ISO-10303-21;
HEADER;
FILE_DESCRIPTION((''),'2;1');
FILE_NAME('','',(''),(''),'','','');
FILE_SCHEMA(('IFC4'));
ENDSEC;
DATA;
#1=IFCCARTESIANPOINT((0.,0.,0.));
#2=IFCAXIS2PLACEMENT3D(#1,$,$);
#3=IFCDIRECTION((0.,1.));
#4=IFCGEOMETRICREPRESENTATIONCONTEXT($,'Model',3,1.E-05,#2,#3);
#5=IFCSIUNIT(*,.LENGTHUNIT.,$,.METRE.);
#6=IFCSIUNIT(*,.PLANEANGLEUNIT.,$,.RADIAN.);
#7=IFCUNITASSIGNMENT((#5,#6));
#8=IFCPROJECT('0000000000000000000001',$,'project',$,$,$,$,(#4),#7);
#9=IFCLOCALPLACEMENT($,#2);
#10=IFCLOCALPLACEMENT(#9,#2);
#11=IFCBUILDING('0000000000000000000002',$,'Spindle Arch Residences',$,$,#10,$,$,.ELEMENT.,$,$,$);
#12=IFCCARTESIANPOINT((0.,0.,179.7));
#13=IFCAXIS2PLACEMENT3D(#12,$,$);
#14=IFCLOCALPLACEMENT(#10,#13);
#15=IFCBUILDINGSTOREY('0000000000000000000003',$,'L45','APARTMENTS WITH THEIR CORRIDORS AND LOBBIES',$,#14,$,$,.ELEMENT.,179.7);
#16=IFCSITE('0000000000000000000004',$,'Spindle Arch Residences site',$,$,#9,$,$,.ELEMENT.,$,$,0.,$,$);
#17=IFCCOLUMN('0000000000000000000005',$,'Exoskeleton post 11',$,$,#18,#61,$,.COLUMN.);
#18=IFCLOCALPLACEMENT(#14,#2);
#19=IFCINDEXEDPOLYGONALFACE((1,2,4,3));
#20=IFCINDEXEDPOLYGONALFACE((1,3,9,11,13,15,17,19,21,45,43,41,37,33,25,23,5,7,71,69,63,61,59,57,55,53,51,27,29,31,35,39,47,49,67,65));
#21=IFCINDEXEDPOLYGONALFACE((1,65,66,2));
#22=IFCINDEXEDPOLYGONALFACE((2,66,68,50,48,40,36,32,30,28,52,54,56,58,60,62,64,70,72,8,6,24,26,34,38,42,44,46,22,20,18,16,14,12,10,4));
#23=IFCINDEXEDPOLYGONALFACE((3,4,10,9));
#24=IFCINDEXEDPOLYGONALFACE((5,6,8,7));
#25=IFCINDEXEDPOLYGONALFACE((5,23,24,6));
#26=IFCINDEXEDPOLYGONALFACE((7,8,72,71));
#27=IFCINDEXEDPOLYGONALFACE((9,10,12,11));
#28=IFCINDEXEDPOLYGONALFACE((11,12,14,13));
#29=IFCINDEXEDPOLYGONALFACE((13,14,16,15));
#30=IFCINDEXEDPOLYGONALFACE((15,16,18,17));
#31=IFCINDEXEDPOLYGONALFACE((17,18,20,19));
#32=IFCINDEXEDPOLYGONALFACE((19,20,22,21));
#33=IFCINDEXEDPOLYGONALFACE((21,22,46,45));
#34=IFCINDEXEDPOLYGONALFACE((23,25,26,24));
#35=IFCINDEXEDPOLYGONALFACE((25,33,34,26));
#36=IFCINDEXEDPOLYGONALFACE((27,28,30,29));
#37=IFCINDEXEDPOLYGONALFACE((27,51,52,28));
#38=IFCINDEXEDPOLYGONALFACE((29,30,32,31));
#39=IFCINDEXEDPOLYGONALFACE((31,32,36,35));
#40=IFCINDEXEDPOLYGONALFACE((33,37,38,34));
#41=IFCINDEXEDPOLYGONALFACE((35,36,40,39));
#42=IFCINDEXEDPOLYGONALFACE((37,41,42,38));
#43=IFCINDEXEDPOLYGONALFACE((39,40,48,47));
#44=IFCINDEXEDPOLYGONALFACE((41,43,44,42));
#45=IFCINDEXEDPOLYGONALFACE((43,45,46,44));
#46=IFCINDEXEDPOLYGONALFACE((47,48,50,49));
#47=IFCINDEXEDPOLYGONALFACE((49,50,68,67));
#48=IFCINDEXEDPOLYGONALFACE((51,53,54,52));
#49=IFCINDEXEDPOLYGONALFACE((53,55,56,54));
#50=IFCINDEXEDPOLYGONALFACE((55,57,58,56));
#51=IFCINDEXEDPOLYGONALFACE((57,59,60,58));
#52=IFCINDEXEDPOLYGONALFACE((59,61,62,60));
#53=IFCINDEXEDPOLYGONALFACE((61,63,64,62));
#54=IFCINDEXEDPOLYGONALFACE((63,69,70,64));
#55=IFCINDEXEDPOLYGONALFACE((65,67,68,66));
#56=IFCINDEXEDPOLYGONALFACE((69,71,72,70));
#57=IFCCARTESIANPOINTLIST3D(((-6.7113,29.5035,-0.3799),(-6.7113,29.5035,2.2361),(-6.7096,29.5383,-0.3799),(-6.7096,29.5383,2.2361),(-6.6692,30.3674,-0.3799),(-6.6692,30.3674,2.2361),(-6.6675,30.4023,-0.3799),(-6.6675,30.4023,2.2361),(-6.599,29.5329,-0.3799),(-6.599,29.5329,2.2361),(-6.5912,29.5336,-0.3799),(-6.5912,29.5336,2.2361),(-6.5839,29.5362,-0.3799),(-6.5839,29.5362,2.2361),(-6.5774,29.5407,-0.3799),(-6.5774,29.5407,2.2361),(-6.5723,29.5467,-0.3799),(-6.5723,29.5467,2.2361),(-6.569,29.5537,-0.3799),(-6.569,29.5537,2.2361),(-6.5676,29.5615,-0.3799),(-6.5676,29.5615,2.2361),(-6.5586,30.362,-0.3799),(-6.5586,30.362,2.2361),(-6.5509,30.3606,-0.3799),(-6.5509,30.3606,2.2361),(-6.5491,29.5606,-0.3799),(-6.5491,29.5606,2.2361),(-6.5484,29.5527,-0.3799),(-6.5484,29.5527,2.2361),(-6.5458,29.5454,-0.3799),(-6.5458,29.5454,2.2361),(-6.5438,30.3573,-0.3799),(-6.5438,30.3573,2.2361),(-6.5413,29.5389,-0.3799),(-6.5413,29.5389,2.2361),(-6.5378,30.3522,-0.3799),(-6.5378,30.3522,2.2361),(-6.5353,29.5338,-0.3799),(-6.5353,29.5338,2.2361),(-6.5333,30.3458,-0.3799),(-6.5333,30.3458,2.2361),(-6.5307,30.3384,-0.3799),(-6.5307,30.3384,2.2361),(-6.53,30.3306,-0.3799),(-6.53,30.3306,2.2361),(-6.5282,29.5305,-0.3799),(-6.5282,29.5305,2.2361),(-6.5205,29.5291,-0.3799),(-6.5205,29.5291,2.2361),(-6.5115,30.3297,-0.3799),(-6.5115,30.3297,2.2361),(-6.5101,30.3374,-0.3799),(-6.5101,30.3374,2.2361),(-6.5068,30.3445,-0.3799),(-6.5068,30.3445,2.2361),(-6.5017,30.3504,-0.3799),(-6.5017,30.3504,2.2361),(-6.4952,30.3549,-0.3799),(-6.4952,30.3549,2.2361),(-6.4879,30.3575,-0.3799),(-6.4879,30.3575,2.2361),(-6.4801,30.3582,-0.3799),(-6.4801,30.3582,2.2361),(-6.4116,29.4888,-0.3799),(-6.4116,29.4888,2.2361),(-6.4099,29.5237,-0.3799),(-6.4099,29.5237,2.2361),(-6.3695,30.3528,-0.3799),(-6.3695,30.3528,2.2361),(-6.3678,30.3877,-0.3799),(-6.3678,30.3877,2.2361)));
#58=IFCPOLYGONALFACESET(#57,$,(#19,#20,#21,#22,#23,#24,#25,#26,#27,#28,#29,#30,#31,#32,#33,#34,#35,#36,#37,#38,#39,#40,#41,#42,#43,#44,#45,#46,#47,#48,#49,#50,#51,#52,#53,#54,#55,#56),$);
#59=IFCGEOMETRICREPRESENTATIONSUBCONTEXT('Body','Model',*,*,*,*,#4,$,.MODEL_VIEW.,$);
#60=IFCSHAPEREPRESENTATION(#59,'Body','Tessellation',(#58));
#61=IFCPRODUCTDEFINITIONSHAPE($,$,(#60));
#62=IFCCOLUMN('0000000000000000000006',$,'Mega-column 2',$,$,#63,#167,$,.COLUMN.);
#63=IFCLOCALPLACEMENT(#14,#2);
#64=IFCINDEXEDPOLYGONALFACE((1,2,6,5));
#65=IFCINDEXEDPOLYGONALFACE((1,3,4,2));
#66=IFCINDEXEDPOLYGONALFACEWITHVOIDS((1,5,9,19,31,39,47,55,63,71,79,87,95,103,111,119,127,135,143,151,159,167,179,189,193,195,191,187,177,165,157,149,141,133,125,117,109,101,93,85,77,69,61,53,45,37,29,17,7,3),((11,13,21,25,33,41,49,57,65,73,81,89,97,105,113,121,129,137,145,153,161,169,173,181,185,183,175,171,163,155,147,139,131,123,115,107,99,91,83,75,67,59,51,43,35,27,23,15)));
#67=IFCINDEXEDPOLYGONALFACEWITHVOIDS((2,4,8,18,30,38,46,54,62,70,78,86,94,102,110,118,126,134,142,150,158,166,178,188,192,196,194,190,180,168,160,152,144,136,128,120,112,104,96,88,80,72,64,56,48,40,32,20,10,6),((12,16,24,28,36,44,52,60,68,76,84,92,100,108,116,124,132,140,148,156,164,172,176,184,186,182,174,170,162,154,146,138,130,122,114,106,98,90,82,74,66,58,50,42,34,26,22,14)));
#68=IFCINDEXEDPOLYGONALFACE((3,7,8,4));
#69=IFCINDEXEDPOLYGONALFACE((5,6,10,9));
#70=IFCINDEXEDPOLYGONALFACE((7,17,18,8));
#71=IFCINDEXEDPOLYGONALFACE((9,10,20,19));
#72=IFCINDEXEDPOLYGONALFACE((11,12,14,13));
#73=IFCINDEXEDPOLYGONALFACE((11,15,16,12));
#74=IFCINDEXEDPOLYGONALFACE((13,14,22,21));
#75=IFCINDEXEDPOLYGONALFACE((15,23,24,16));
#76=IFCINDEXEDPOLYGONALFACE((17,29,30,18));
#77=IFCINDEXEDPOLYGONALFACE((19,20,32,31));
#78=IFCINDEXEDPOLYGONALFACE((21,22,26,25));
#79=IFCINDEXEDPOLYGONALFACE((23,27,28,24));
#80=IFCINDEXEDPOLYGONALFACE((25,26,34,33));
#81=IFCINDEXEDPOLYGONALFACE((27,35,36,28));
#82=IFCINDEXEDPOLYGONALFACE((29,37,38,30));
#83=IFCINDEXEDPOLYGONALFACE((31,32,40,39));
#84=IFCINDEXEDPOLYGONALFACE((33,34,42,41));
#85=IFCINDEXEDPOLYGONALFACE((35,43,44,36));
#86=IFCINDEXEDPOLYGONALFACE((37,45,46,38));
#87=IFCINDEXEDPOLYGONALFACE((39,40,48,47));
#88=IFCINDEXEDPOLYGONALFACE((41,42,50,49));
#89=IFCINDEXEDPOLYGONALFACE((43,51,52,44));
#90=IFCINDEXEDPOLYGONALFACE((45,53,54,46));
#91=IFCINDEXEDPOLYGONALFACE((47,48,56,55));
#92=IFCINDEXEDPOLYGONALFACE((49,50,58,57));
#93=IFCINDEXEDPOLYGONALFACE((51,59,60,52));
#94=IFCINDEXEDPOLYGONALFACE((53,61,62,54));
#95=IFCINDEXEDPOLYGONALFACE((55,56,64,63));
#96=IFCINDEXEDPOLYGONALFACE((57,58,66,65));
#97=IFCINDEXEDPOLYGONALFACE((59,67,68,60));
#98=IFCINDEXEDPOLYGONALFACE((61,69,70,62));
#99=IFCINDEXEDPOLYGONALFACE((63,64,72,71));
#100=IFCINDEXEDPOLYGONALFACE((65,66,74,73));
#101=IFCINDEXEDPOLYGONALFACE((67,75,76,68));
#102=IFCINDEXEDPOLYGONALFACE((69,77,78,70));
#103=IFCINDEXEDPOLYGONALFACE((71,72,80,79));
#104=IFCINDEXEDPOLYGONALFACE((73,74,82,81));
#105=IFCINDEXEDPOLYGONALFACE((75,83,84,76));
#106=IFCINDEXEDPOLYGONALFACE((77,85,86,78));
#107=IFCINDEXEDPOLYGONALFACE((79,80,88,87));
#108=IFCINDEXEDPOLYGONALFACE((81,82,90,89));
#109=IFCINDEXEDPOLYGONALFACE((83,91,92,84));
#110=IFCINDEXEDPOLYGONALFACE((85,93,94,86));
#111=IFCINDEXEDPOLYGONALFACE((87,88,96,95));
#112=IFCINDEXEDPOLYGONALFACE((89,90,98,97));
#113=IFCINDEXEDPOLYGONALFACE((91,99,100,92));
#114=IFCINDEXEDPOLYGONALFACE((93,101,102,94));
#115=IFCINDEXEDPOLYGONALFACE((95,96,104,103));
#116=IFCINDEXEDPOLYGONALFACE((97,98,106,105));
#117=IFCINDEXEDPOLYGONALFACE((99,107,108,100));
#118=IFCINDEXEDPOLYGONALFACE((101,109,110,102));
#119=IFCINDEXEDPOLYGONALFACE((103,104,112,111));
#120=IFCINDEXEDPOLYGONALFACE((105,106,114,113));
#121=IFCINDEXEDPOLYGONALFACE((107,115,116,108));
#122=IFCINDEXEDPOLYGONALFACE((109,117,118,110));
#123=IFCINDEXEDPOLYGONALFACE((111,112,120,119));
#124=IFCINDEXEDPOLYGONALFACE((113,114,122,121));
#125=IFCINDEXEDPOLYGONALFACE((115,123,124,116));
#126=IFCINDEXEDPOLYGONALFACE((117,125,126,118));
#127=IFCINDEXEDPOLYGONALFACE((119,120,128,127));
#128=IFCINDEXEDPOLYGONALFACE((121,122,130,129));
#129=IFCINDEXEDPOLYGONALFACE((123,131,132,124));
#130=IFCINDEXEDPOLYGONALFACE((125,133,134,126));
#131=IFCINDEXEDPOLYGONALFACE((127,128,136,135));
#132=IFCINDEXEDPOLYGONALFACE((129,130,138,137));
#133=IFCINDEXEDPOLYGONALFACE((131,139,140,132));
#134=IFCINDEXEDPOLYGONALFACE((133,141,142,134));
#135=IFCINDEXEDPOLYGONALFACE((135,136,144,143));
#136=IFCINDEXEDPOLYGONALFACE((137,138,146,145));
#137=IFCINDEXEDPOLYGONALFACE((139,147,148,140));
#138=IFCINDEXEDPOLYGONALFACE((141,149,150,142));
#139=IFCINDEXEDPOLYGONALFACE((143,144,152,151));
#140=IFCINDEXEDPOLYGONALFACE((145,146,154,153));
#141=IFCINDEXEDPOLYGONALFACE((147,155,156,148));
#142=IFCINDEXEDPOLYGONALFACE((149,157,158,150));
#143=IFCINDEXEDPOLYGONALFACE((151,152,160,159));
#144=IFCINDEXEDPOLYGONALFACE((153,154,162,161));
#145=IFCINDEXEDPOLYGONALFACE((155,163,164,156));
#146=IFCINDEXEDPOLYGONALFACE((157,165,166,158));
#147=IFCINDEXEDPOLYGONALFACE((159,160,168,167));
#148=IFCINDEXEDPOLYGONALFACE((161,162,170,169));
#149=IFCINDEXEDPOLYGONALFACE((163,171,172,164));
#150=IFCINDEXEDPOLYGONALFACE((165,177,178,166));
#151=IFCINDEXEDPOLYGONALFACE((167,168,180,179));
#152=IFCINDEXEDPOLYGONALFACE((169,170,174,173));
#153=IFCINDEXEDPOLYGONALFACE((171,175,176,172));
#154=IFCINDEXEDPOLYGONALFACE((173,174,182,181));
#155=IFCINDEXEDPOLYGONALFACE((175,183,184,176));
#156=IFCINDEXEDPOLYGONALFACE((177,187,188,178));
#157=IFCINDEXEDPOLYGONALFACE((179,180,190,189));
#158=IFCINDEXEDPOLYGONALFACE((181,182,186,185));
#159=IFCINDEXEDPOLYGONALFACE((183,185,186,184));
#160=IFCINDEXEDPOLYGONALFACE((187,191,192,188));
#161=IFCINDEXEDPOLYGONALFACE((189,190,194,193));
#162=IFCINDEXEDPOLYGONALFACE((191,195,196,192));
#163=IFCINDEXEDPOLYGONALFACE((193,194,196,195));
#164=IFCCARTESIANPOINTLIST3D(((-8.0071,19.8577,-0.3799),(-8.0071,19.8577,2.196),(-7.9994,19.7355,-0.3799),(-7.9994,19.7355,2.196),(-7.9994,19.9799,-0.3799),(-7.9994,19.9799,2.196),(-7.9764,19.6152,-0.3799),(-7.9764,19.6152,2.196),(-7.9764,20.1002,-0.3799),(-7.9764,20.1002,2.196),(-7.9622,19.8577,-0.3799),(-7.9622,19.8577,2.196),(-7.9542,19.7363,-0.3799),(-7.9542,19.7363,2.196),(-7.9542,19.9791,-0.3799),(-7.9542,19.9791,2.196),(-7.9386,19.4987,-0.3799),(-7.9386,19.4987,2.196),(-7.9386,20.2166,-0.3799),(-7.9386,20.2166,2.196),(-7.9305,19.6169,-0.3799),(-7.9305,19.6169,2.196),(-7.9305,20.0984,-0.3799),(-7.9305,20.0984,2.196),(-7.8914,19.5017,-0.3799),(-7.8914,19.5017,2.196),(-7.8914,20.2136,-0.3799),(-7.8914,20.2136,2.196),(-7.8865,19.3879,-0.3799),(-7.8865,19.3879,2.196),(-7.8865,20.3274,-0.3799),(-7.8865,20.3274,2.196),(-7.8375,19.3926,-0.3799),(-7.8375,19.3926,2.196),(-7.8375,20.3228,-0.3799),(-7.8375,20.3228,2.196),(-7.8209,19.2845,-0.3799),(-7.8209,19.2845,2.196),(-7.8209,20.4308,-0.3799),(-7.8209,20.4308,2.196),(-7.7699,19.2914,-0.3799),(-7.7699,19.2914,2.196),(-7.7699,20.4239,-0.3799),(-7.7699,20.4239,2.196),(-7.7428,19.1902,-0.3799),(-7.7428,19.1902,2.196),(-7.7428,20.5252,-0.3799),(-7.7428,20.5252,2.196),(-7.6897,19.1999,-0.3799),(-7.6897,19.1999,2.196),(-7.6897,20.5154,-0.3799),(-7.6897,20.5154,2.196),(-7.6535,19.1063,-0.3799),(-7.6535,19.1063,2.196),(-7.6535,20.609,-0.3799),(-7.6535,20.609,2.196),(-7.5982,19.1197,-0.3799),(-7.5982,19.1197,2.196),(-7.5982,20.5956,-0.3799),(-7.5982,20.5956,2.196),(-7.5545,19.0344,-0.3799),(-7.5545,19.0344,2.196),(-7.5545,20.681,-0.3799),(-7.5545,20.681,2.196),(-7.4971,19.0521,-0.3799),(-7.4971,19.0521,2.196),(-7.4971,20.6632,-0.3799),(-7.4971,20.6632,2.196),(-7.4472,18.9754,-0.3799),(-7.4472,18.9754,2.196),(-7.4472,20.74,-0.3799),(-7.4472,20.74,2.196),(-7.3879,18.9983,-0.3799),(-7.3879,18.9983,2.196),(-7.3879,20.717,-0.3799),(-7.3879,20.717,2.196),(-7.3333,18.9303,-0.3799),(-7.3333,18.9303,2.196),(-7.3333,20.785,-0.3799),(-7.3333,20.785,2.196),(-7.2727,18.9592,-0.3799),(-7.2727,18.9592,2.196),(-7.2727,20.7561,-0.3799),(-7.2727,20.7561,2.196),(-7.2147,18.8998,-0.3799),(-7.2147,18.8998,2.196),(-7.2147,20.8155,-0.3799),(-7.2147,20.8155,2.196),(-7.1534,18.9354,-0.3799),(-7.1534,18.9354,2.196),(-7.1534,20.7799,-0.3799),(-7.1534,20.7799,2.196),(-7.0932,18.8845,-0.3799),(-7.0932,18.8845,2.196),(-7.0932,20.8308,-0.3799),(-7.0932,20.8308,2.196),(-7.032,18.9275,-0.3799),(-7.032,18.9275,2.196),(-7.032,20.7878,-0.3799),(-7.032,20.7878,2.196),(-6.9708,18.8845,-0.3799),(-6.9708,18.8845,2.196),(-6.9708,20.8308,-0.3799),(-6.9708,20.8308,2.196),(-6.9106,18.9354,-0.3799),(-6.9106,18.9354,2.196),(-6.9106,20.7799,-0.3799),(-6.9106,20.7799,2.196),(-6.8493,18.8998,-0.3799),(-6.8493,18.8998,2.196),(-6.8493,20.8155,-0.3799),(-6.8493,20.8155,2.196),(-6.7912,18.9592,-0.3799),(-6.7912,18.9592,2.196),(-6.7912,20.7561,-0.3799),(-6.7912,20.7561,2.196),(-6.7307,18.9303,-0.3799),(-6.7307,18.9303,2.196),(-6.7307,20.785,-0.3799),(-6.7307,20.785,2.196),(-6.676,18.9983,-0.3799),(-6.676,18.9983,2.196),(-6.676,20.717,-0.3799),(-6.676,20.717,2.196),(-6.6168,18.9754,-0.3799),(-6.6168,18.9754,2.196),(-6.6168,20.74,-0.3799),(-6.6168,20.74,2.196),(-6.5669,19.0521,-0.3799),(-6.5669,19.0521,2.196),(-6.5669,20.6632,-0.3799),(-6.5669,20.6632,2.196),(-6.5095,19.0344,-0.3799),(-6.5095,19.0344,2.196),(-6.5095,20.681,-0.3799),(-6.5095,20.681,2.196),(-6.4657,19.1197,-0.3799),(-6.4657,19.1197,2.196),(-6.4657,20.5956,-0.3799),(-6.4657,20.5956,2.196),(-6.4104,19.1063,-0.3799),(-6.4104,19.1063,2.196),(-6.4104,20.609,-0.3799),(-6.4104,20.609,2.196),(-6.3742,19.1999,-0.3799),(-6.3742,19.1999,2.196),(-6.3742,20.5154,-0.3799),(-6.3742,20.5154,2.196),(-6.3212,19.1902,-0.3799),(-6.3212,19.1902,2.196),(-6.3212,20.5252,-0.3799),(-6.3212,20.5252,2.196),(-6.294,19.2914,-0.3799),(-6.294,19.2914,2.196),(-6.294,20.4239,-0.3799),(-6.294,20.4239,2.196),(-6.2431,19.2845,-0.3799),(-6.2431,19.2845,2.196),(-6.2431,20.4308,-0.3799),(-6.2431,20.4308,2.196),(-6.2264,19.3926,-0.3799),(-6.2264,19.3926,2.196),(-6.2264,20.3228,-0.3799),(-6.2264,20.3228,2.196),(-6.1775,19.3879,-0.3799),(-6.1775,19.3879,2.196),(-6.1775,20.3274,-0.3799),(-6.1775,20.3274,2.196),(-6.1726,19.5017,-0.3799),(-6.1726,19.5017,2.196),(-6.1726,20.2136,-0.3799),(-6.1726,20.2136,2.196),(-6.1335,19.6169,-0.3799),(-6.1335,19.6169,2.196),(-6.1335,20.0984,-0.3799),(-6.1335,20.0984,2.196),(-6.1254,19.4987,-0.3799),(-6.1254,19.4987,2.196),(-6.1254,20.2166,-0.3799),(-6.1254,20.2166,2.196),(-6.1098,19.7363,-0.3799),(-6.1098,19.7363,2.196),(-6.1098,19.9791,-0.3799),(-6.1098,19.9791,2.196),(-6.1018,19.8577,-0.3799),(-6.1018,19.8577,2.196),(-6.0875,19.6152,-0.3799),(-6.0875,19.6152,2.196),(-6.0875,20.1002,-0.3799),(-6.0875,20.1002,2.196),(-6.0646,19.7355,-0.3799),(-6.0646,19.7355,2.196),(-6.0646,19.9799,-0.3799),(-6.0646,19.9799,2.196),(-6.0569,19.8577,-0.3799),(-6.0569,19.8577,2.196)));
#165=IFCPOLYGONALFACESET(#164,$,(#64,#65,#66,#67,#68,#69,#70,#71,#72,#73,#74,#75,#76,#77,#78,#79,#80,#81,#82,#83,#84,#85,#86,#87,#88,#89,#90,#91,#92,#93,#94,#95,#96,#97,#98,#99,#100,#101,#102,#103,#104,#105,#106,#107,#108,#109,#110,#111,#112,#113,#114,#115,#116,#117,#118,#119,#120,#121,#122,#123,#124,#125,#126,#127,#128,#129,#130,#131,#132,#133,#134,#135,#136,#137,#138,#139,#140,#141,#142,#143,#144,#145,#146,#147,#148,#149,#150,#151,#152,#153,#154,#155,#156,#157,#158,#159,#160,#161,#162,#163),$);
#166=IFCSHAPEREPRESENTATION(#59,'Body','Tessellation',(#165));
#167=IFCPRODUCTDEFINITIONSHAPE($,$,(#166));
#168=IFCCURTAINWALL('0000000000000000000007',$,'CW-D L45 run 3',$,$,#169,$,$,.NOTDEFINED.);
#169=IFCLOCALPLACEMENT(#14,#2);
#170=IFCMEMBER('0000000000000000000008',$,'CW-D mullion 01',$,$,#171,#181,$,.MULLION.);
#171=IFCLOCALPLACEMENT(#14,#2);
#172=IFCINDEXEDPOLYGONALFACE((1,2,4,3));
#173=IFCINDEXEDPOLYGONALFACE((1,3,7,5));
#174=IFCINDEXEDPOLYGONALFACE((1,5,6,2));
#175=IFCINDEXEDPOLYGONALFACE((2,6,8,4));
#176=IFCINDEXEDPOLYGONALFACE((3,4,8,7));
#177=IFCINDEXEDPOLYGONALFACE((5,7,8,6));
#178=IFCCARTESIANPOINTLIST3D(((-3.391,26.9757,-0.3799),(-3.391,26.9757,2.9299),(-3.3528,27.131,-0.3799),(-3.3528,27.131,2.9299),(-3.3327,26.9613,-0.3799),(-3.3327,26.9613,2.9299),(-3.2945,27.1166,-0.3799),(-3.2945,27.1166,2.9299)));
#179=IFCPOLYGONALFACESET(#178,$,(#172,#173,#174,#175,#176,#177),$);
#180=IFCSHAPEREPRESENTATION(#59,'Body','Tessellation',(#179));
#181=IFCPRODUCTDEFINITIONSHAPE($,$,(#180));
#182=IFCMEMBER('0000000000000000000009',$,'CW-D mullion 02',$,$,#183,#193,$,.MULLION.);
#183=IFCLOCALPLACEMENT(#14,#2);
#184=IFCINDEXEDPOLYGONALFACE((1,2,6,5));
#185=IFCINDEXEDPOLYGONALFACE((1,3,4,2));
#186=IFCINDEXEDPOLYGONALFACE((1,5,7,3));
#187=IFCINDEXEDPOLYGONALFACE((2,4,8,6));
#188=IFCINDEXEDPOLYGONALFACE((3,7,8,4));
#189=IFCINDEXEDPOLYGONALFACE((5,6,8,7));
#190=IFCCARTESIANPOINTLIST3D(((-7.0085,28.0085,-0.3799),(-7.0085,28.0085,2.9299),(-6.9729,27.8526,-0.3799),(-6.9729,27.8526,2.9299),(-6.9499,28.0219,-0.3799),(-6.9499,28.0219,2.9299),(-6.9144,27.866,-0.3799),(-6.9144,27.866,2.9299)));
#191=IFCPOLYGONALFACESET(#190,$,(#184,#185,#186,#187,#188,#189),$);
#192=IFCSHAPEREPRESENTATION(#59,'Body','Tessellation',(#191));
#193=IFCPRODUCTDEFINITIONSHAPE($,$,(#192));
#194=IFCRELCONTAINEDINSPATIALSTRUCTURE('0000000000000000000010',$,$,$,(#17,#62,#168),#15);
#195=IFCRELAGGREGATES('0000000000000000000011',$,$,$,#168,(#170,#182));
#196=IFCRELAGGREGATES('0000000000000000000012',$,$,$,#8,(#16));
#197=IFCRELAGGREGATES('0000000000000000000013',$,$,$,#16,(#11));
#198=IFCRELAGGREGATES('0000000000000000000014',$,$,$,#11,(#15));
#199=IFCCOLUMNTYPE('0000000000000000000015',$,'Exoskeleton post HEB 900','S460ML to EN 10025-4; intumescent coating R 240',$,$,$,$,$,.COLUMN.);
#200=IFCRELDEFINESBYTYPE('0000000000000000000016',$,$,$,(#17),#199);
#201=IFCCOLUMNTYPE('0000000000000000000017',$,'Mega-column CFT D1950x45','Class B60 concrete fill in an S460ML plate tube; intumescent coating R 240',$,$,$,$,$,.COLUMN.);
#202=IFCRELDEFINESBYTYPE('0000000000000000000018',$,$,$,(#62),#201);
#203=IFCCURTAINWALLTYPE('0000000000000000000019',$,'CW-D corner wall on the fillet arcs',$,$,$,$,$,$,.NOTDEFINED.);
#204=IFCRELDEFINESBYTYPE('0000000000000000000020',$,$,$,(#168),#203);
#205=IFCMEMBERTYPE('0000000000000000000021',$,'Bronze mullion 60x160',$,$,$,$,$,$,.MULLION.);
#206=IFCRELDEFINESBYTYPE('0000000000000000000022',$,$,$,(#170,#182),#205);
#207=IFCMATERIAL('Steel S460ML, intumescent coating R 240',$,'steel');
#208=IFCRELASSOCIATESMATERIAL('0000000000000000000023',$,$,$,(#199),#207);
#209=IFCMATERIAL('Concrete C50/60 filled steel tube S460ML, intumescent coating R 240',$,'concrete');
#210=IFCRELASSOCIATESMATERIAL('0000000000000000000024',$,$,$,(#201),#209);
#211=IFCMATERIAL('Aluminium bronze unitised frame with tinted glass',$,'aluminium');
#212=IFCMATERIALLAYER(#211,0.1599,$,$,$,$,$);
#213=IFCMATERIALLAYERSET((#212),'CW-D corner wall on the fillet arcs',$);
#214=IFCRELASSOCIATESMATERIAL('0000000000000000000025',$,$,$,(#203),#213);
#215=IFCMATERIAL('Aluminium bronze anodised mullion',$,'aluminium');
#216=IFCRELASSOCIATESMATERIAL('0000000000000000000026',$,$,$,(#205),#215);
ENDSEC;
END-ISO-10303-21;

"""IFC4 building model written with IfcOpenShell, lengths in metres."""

from ifc_helpers import new_model, si_unit, direction, frame, origin, origin_2d, place, context, subcontext, project, spatial, rectangle, hollow_circle, i_section, extrude, material, layer, layer_set, material_profile, profile_set, type_object, element, aggregate, save


model = new_model("IFC4")

# Units and contexts
model_context = context("Model", 3, precision=1e-05, world=origin(), true_north=direction((0.0, 1.0)))
body_context = subcontext(model_context, "Body", "Model", "MODEL_VIEW")
ifc_project = project(units=[si_unit("LENGTHUNIT", "METRE"), si_unit("PLANEANGLEUNIT", "RADIAN")], contexts=[model_context])

# Site, building, storey
site_placement = place(None, origin())
site = spatial("IfcSite", under=ifc_project, at=site_placement, Name="Spindle Arch Residences site", CompositionType="ELEMENT", RefElevation=0.0)
building_placement = place(site_placement, origin())
building = spatial("IfcBuilding", under=site, at=building_placement, Name="Spindle Arch Residences", CompositionType="ELEMENT")
storey_placement = place(building_placement, frame((0.0, 0.0, 179.7)))
storey = spatial("IfcBuildingStorey", under=building, at=storey_placement, Name="L45", Description="APARTMENTS WITH THEIR CORRIDORS AND LOBBIES", CompositionType="ELEMENT", Elevation=179.7)

# Columns
ifc_material_1 = material(Name="Steel S460ML, intumescent coating R 240", Category="steel")
ifc_material_profile_1 = material_profile(ifc_material_1, i_section(OverallWidth=0.3, OverallDepth=0.8999, WebThickness=0.0186, FlangeThickness=0.0349, FilletRadius=0.03, at=origin_2d()), Name="HEB 900")
ifc_profile_set_1 = profile_set([ifc_material_profile_1], Name="Steel S460ML, intumescent coating R 240")
column_type_1 = type_object("IfcColumnType", Name="Exoskeleton post HEB 900", Description="S460ML to EN 10025-4; intumescent coating R 240", PredefinedType="COLUMN", material=ifc_profile_set_1)
column_1_placement = place(storey_placement, frame((-6.5396, 29.9456, -0.3799), z_axis=(0.0, 0.0, 1.0), x_axis=(0.998811, -0.048754, 0.0)))
element("IfcColumn", 1, at=column_1_placement, inside=storey, type_object=column_type_1, Name="Exoskeleton post 11", PredefinedType="COLUMN", context=body_context, shape_type="SweptSolid", body=[
    extrude(i_section(OverallWidth=0.3, OverallDepth=0.8999, WebThickness=0.0186, FlangeThickness=0.0349, FilletRadius=0.03, at=origin_2d()), origin(), (0.0, 0.0, 1.0), 2.616),
])
ifc_material_2 = material(Name="Concrete C50/60 filled steel tube S460ML, intumescent coating R 240", Category="concrete")
ifc_material_profile_2 = material_profile(ifc_material_2, hollow_circle(Radius=0.9751, WallThickness=0.0449, at=origin_2d()), Name="CFT D1950x45")
ifc_profile_set_2 = profile_set([ifc_material_profile_2], Name="Concrete C50/60 filled steel tube S460ML, intumescent coating R 240")
column_type_2 = type_object("IfcColumnType", Name="Mega-column CFT D1950x45", Description="Class B60 concrete fill in an S460ML plate tube; intumescent coating R 240", PredefinedType="COLUMN", material=ifc_profile_set_2)
column_2_placement = place(storey_placement, frame((-7.032, 19.8577, -0.3799), z_axis=(0.0, 0.0, 1.0), x_axis=(1.0, 0.0, 0.0)))
element("IfcColumn", 2, at=column_2_placement, inside=storey, type_object=column_type_2, Name="Mega-column 2", PredefinedType="COLUMN", context=body_context, shape_type="SweptSolid", body=[
    extrude(hollow_circle(Radius=0.9751, WallThickness=0.0449, at=origin_2d()), origin(), (0.0, 0.0, 1.0), 2.5759),
])

# Curtain wall, members
ifc_material_3 = material(Name="Aluminium bronze unitised frame with tinted glass", Category="aluminium")
ifc_layer_1 = layer(ifc_material_3, 0.1599)
ifc_layer_set_1 = layer_set([ifc_layer_1], Name="CW-D corner wall on the fillet arcs")
curtain_wall_type = type_object("IfcCurtainWallType", Name="CW-D corner wall on the fillet arcs", PredefinedType="NOTDEFINED", material=ifc_layer_set_1)
curtain_wall_placement = place(storey_placement, origin())
curtain_wall = element("IfcCurtainWall", 3, at=curtain_wall_placement, inside=storey, type_object=curtain_wall_type, Name="CW-D L45 run 3", PredefinedType="NOTDEFINED")
ifc_material_4 = material(Name="Aluminium bronze anodised mullion", Category="aluminium")
ifc_material_profile_3 = material_profile(ifc_material_4, rectangle(XDim=0.1599, YDim=0.0601, at=origin_2d()), Name="MU 60x160")
ifc_profile_set_3 = profile_set([ifc_material_profile_3], Name="Aluminium bronze anodised mullion")
member_type_1 = type_object("IfcMemberType", Name="Bronze mullion 60x160", PredefinedType="MULLION", material=ifc_profile_set_3)
member_1_placement = place(storey_placement, frame((-3.3428, 27.0461, -0.3799), z_axis=(0.0, 0.0, 1.0), x_axis=(-0.239098, -0.970995, 0.0)))
member_1 = element("IfcMember", 4, at=member_1_placement, type_object=member_type_1, Name="CW-D mullion 01", PredefinedType="MULLION", context=body_context, shape_type="SweptSolid", body=[
    extrude(rectangle(XDim=0.1599, YDim=0.0601, at=origin_2d()), origin(), (0.0, 0.0, 1.0), 3.3098),
])
member_2_placement = place(storey_placement, frame((-6.9614, 27.9373, -0.3799), z_axis=(0.0, 0.0, 1.0), x_axis=(0.222116, -0.97502, 0.0)))
member_2 = element("IfcMember", 5, at=member_2_placement, type_object=member_type_1, Name="CW-D mullion 02", PredefinedType="MULLION", context=body_context, shape_type="SweptSolid", body=[
    extrude(rectangle(XDim=0.1599, YDim=0.0601, at=origin_2d()), origin(), (0.0, 0.0, 1.0), 3.3098),
])

aggregate(curtain_wall, [member_1, member_2])

save(model, "model.ifc")
